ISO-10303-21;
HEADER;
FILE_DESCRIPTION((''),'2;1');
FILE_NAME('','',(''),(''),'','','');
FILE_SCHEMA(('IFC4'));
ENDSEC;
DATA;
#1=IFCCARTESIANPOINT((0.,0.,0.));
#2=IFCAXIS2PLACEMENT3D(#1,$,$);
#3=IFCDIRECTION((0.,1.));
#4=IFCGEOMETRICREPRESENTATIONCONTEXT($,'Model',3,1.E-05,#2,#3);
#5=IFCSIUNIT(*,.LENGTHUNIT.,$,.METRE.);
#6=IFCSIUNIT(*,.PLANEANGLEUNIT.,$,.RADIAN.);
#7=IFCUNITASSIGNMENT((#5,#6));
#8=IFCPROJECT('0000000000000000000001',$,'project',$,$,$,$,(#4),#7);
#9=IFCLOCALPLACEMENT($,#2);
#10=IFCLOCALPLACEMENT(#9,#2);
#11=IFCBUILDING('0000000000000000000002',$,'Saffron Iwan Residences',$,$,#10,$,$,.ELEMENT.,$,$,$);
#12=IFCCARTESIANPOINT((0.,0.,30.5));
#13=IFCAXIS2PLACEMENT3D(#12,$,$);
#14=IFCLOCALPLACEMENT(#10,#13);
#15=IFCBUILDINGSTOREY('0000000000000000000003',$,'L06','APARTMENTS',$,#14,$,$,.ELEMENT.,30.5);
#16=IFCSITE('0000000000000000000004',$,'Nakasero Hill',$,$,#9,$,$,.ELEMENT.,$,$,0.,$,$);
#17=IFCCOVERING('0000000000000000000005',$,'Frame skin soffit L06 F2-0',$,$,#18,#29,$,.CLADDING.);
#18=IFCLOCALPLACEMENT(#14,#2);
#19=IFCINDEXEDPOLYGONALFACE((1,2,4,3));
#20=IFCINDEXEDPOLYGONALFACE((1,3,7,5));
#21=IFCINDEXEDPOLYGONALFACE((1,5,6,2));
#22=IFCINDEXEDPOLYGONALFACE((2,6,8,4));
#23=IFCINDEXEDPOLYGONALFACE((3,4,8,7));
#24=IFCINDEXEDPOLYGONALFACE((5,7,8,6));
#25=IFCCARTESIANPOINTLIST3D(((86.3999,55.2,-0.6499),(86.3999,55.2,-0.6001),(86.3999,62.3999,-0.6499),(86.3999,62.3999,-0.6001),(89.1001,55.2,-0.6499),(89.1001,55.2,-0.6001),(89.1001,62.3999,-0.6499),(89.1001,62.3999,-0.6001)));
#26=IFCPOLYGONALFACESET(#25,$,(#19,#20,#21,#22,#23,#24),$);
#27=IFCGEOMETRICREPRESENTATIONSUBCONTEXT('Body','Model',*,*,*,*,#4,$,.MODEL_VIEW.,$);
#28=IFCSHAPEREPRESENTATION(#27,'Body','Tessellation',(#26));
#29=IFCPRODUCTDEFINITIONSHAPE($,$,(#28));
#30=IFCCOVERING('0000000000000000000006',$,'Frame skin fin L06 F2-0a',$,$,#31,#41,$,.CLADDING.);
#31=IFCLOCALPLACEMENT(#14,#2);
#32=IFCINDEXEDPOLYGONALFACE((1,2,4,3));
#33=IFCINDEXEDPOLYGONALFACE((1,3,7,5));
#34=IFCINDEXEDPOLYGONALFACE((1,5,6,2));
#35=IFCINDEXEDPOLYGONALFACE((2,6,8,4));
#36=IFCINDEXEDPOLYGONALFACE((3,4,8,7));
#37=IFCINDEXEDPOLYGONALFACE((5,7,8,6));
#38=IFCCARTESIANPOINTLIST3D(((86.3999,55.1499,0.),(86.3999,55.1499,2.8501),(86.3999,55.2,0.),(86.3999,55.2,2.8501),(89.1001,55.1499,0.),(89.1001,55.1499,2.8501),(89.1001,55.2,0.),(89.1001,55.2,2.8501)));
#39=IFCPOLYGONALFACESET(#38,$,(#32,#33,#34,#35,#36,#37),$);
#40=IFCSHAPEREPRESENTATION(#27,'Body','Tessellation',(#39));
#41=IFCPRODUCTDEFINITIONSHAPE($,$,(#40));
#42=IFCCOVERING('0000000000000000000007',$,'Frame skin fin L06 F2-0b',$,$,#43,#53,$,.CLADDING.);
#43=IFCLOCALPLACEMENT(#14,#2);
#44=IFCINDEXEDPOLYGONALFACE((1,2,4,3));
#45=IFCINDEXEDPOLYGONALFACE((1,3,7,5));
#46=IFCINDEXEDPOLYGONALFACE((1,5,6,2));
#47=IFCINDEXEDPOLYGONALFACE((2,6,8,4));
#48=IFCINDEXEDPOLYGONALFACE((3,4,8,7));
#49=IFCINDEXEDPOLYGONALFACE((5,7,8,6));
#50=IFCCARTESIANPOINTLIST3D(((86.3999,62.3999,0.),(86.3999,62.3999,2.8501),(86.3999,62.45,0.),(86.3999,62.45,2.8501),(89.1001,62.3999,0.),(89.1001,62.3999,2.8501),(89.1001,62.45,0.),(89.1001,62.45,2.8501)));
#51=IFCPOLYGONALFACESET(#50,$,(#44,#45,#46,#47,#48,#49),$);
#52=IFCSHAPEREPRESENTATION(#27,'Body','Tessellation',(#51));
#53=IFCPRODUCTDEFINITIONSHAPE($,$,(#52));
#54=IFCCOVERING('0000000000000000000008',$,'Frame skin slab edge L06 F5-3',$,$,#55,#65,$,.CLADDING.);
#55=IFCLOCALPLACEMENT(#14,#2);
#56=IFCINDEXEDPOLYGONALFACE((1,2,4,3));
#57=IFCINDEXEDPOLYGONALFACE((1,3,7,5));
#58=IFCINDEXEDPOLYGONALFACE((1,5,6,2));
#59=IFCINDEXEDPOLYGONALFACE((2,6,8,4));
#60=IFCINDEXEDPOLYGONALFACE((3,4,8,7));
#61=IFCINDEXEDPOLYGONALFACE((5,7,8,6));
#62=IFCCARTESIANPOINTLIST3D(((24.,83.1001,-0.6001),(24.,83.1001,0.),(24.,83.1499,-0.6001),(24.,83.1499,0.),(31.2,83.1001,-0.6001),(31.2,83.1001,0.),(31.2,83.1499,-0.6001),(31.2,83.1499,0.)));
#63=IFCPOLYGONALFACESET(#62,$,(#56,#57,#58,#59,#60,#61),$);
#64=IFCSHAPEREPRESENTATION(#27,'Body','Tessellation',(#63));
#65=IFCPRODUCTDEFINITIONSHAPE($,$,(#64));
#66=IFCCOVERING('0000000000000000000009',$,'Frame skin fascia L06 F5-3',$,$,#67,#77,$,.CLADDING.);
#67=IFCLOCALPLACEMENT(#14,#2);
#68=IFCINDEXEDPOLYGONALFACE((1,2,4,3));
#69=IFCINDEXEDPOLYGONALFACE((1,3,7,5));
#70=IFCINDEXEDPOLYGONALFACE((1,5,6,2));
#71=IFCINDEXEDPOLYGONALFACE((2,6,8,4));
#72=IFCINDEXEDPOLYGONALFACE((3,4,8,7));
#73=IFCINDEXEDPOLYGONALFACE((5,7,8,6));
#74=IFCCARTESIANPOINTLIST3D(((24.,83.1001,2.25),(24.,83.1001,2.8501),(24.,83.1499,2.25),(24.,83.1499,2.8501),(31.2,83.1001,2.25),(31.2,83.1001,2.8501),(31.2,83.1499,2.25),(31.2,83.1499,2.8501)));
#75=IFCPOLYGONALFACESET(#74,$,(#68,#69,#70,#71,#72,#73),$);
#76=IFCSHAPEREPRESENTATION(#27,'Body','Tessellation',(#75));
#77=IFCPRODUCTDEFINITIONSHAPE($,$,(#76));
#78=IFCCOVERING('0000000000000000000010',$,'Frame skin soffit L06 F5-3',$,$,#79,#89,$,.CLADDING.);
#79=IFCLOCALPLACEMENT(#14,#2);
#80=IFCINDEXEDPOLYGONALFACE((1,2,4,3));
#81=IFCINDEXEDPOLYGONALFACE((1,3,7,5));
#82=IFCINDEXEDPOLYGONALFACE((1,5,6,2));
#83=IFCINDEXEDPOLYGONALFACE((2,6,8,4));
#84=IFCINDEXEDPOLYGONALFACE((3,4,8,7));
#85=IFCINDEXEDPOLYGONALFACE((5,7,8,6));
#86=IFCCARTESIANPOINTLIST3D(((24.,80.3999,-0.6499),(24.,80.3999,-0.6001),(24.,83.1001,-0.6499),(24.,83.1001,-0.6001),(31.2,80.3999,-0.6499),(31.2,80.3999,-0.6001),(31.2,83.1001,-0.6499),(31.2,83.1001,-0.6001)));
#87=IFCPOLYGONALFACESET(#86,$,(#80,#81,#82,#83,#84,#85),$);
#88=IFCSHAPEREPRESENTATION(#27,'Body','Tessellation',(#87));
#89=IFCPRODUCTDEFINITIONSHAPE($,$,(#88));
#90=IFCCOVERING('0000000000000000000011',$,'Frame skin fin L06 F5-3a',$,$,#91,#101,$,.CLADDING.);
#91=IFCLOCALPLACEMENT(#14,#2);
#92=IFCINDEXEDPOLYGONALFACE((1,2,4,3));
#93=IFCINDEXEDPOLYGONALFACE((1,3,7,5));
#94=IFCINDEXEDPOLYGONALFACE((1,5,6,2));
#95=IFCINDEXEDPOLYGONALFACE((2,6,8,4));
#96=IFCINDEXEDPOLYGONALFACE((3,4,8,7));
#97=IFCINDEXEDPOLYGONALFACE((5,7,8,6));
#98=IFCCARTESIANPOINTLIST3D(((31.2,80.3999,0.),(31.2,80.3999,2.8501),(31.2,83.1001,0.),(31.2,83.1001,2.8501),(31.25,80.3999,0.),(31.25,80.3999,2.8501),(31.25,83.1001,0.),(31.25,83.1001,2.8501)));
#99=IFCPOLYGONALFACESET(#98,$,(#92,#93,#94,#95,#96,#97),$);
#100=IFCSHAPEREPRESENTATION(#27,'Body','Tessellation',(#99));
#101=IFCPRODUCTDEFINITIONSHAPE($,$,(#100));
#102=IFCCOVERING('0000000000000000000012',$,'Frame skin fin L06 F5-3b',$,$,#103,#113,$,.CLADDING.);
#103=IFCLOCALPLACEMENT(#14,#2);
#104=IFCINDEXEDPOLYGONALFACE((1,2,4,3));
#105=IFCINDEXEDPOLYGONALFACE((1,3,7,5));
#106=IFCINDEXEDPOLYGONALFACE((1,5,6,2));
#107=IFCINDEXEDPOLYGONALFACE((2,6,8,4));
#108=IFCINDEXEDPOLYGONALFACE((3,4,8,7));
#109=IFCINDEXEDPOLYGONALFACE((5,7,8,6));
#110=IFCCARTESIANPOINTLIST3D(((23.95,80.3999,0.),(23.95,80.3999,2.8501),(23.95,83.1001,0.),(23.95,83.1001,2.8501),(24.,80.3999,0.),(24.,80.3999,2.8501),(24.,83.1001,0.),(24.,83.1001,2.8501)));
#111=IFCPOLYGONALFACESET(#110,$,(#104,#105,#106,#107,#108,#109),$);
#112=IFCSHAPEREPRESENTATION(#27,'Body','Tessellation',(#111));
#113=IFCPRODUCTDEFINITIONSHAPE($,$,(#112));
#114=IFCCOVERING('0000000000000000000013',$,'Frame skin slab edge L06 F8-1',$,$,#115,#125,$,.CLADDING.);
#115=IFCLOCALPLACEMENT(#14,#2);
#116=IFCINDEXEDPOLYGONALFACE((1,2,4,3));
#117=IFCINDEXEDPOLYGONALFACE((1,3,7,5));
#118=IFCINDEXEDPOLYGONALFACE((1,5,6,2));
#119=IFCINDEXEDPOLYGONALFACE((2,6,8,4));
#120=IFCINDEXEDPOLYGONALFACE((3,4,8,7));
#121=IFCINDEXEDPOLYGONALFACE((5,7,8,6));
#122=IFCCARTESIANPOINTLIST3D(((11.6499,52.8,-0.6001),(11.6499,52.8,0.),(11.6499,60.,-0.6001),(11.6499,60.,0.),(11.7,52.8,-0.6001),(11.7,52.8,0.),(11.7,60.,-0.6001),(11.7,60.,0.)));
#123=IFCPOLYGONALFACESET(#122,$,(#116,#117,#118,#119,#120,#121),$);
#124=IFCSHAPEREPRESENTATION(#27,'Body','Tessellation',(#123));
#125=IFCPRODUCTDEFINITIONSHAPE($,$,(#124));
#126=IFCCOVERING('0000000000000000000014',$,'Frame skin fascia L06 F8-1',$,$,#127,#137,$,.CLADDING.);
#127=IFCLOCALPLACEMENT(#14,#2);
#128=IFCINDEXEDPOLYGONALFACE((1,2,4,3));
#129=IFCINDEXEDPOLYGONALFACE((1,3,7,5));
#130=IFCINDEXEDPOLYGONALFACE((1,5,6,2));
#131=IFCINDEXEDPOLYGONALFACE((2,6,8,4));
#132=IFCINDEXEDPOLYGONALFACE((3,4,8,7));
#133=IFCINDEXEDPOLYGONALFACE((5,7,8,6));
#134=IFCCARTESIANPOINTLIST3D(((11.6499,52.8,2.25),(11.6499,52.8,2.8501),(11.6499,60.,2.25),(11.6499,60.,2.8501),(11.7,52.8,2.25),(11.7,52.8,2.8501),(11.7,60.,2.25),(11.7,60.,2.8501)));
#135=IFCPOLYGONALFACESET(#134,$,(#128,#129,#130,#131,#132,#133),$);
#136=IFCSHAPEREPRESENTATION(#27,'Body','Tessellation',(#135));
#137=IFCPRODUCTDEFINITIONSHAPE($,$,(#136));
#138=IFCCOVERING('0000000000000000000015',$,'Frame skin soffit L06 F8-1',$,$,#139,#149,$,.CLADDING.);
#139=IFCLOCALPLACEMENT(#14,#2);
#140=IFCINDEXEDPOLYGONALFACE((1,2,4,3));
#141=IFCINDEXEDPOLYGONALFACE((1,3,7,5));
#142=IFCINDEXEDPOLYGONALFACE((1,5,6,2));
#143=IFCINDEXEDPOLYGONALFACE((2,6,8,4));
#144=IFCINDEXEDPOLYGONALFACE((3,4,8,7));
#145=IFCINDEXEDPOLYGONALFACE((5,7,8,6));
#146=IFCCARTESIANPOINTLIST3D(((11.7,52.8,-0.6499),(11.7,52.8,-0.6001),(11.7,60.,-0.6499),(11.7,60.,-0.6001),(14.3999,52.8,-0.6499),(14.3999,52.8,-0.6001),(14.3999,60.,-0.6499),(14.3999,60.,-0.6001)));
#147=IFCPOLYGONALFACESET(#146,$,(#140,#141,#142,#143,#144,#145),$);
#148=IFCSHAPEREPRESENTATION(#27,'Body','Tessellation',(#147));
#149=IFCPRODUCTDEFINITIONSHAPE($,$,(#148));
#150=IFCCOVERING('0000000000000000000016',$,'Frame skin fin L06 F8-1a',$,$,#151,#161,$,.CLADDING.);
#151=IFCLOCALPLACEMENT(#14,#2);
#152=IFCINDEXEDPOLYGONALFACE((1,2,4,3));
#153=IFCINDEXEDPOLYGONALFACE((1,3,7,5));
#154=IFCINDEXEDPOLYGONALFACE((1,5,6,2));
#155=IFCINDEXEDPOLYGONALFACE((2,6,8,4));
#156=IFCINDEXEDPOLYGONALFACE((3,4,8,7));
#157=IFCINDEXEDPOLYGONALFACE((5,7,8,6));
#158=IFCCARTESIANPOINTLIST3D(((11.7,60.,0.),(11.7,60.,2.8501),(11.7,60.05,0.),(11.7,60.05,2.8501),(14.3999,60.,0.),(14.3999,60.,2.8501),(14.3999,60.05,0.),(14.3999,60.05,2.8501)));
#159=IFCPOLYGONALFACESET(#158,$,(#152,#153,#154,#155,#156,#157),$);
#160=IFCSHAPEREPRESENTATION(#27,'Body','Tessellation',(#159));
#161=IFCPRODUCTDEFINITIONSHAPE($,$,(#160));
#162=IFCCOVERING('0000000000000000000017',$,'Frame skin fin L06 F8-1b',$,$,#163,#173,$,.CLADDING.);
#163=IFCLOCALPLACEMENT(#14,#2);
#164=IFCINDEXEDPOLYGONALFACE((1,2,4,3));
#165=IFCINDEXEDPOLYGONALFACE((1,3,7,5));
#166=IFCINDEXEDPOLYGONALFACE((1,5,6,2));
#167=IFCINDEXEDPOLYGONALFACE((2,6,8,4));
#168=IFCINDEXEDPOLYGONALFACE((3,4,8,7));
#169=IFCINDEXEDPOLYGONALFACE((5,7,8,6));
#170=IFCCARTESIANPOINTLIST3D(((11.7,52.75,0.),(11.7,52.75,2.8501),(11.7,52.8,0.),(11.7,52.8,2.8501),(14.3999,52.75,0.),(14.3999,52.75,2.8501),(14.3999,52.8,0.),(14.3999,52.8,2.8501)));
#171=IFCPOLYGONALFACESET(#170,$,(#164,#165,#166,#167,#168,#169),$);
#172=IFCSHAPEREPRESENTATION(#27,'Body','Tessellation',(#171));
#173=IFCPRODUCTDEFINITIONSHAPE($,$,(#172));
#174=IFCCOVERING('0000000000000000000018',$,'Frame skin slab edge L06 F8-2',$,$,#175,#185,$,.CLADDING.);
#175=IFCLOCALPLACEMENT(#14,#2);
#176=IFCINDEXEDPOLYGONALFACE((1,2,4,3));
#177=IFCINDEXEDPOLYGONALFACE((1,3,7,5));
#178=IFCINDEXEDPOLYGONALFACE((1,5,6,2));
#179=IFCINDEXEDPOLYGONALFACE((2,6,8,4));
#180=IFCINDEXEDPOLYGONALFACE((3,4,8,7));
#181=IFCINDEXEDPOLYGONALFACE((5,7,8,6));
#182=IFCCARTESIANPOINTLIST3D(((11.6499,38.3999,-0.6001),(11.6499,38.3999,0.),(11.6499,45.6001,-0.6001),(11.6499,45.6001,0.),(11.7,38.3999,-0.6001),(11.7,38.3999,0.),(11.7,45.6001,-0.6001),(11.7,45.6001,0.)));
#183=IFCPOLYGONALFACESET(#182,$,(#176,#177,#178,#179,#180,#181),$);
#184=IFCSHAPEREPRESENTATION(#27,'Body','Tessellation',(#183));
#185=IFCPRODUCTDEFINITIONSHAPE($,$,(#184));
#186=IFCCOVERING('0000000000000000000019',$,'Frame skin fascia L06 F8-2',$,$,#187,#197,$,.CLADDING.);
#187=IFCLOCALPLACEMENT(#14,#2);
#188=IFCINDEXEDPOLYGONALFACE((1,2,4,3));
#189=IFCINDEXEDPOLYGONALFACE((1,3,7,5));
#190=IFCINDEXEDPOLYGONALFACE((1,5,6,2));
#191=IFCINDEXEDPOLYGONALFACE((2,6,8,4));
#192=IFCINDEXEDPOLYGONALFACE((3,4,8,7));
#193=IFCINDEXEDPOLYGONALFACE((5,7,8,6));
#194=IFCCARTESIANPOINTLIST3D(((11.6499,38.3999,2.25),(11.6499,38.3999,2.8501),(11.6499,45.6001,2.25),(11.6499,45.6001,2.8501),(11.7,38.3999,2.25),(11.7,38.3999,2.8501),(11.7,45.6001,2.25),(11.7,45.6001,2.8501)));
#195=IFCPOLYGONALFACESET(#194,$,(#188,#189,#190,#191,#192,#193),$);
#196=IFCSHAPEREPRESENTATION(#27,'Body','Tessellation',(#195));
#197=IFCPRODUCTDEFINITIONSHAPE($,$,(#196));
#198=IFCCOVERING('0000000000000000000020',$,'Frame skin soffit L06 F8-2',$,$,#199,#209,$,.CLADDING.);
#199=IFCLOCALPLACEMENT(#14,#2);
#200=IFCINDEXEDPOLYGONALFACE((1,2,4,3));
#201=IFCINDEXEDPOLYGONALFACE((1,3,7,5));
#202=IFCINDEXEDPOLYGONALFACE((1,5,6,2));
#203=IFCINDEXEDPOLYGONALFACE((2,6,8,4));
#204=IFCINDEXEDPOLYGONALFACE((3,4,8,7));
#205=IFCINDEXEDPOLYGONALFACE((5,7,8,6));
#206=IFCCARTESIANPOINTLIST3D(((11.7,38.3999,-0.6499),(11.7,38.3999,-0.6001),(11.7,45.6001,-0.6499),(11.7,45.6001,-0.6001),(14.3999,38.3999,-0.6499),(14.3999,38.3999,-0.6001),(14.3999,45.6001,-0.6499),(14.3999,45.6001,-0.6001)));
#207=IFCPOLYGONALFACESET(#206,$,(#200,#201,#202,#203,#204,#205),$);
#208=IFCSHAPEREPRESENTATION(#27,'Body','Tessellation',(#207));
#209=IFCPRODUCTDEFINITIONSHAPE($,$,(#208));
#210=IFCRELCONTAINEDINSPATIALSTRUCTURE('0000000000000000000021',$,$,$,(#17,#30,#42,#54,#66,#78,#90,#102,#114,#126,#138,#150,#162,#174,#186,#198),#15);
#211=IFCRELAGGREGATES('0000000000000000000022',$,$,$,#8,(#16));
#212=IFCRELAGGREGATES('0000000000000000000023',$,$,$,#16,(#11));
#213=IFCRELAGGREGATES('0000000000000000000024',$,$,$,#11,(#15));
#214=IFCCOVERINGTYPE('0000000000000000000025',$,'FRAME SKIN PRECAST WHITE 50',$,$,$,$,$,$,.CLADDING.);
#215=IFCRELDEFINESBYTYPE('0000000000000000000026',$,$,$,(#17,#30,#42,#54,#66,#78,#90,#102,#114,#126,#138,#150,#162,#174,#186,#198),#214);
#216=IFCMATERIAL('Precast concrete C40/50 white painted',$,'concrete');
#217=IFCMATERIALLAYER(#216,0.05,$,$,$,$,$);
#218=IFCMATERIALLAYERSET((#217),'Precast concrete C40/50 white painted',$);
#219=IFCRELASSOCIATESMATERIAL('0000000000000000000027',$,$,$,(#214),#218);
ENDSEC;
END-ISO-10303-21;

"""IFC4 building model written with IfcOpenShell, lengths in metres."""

from ifc_helpers import new_model, si_unit, direction, frame, origin, place, context, subcontext, project, spatial, polyline, outline, extrude, material, layer, layer_set, type_object, element, save


model = new_model("IFC4")

# Units and contexts
model_context = context("Model", 3, precision=1e-05, world=origin(), true_north=direction((0.0, 1.0)))
body_context = subcontext(model_context, "Body", "Model", "MODEL_VIEW")
ifc_project = project(units=[si_unit("LENGTHUNIT", "METRE"), si_unit("PLANEANGLEUNIT", "RADIAN")], contexts=[model_context])

# Site, building, storey
site_placement = place(None, origin())
site = spatial("IfcSite", under=ifc_project, at=site_placement, Name="Nakasero Hill", CompositionType="ELEMENT", RefElevation=0.0)
building_placement = place(site_placement, origin())
building = spatial("IfcBuilding", under=site, at=building_placement, Name="Saffron Iwan Residences", CompositionType="ELEMENT")
storey_placement = place(building_placement, frame((0.0, 0.0, 30.5)))
storey = spatial("IfcBuildingStorey", under=building, at=storey_placement, Name="L06", Description="APARTMENTS", CompositionType="ELEMENT", Elevation=30.5)

# Coverings
ifc_material_1 = material(Name="Precast concrete C40/50 white painted", Category="concrete")
ifc_layer_1 = layer(ifc_material_1, 0.05)
ifc_layer_set_1 = layer_set([ifc_layer_1], Name="Precast concrete C40/50 white painted")
covering_type_1 = type_object("IfcCoveringType", Name="FRAME SKIN PRECAST WHITE 50", PredefinedType="CLADDING", material=ifc_layer_set_1)
covering_1_placement = place(storey_placement, frame((0.0, 0.0, -0.6499)))
element("IfcCovering", 1, at=covering_1_placement, inside=storey, type_object=covering_type_1, Name="Frame skin soffit L06 F2-0", PredefinedType="CLADDING", context=body_context, shape_type="SweptSolid", body=[
    extrude(outline(polyline([(89.1001, 55.2), (89.1001, 62.3999), (86.3999, 62.3999), (86.3999, 55.2), (89.1001, 55.2)])), origin(), (0.0, 0.0, 1.0), 0.0498),
])
covering_2_placement = place(storey_placement, origin())
element("IfcCovering", 2, at=covering_2_placement, inside=storey, type_object=covering_type_1, Name="Frame skin fin L06 F2-0a", PredefinedType="CLADDING", context=body_context, shape_type="SweptSolid", body=[
    extrude(outline(polyline([(89.1001, 55.1499), (89.1001, 55.2), (86.3999, 55.2), (86.3999, 55.1499), (89.1001, 55.1499)])), origin(), (0.0, 0.0, 1.0), 2.8501),
])
covering_3_placement = place(storey_placement, origin())
element("IfcCovering", 3, at=covering_3_placement, inside=storey, type_object=covering_type_1, Name="Frame skin fin L06 F2-0b", PredefinedType="CLADDING", context=body_context, shape_type="SweptSolid", body=[
    extrude(outline(polyline([(89.1001, 62.3999), (89.1001, 62.45), (86.3999, 62.45), (86.3999, 62.3999), (89.1001, 62.3999)])), origin(), (0.0, 0.0, 1.0), 2.8501),
])
for number, where, name in (
    (4, (0.0, 0.0, -0.6001), "Frame skin slab edge L06 F5-3"),
    (5, (0.0, 0.0, 2.25), "Frame skin fascia L06 F5-3"),
):
    element("IfcCovering", number, at=place(storey_placement, frame(where)), inside=storey, type_object=covering_type_1, Name=name, PredefinedType="CLADDING", context=body_context, shape_type="SweptSolid", body=[
        extrude(outline(polyline([(31.2, 83.1499), (24.0, 83.1499), (24.0, 83.1001), (31.2, 83.1001), (31.2, 83.1499)])), origin(), (0.0, 0.0, 1.0), 0.6001),
    ])
covering_4_placement = place(storey_placement, frame((0.0, 0.0, -0.6499)))
element("IfcCovering", 6, at=covering_4_placement, inside=storey, type_object=covering_type_1, Name="Frame skin soffit L06 F5-3", PredefinedType="CLADDING", context=body_context, shape_type="SweptSolid", body=[
    extrude(outline(polyline([(31.2, 83.1001), (24.0, 83.1001), (24.0, 80.3999), (31.2, 80.3999), (31.2, 83.1001)])), origin(), (0.0, 0.0, 1.0), 0.0498),
])
covering_5_placement = place(storey_placement, origin())
element("IfcCovering", 7, at=covering_5_placement, inside=storey, type_object=covering_type_1, Name="Frame skin fin L06 F5-3a", PredefinedType="CLADDING", context=body_context, shape_type="SweptSolid", body=[
    extrude(outline(polyline([(31.25, 83.1001), (31.2, 83.1001), (31.2, 80.3999), (31.25, 80.3999), (31.25, 83.1001)])), origin(), (0.0, 0.0, 1.0), 2.8501),
])
covering_6_placement = place(storey_placement, origin())
element("IfcCovering", 8, at=covering_6_placement, inside=storey, type_object=covering_type_1, Name="Frame skin fin L06 F5-3b", PredefinedType="CLADDING", context=body_context, shape_type="SweptSolid", body=[
    extrude(outline(polyline([(24.0, 83.1001), (23.95, 83.1001), (23.95, 80.3999), (24.0, 80.3999), (24.0, 83.1001)])), origin(), (0.0, 0.0, 1.0), 2.8501),
])
for number, where, name in (
    (9, (0.0, 0.0, -0.6001), "Frame skin slab edge L06 F8-1"),
    (10, (0.0, 0.0, 2.25), "Frame skin fascia L06 F8-1"),
):
    element("IfcCovering", number, at=place(storey_placement, frame(where)), inside=storey, type_object=covering_type_1, Name=name, PredefinedType="CLADDING", context=body_context, shape_type="SweptSolid", body=[
        extrude(outline(polyline([(11.6499, 60.0), (11.6499, 52.8), (11.7, 52.8), (11.7, 60.0), (11.6499, 60.0)])), origin(), (0.0, 0.0, 1.0), 0.6001),
    ])
covering_7_placement = place(storey_placement, frame((0.0, 0.0, -0.6499)))
element("IfcCovering", 11, at=covering_7_placement, inside=storey, type_object=covering_type_1, Name="Frame skin soffit L06 F8-1", PredefinedType="CLADDING", context=body_context, shape_type="SweptSolid", body=[
    extrude(outline(polyline([(11.7, 60.0), (11.7, 52.8), (14.3999, 52.8), (14.3999, 60.0), (11.7, 60.0)])), origin(), (0.0, 0.0, 1.0), 0.0498),
])
covering_8_placement = place(storey_placement, origin())
element("IfcCovering", 12, at=covering_8_placement, inside=storey, type_object=covering_type_1, Name="Frame skin fin L06 F8-1a", PredefinedType="CLADDING", context=body_context, shape_type="SweptSolid", body=[
    extrude(outline(polyline([(11.7, 60.05), (11.7, 60.0), (14.3999, 60.0), (14.3999, 60.05), (11.7, 60.05)])), origin(), (0.0, 0.0, 1.0), 2.8501),
])
covering_9_placement = place(storey_placement, origin())
element("IfcCovering", 13, at=covering_9_placement, inside=storey, type_object=covering_type_1, Name="Frame skin fin L06 F8-1b", PredefinedType="CLADDING", context=body_context, shape_type="SweptSolid", body=[
    extrude(outline(polyline([(11.7, 52.8), (11.7, 52.75), (14.3999, 52.75), (14.3999, 52.8), (11.7, 52.8)])), origin(), (0.0, 0.0, 1.0), 2.8501),
])
for number, where, name in (
    (14, (0.0, 0.0, -0.6001), "Frame skin slab edge L06 F8-2"),
    (15, (0.0, 0.0, 2.25), "Frame skin fascia L06 F8-2"),
):
    element("IfcCovering", number, at=place(storey_placement, frame(where)), inside=storey, type_object=covering_type_1, Name=name, PredefinedType="CLADDING", context=body_context, shape_type="SweptSolid", body=[
        extrude(outline(polyline([(11.6499, 45.6001), (11.6499, 38.3999), (11.7, 38.3999), (11.7, 45.6001), (11.6499, 45.6001)])), origin(), (0.0, 0.0, 1.0), 0.6001),
    ])
covering_10_placement = place(storey_placement, frame((0.0, 0.0, -0.6499)))
element("IfcCovering", 16, at=covering_10_placement, inside=storey, type_object=covering_type_1, Name="Frame skin soffit L06 F8-2", PredefinedType="CLADDING", context=body_context, shape_type="SweptSolid", body=[
    extrude(outline(polyline([(11.7, 45.6001), (11.7, 38.3999), (14.3999, 38.3999), (14.3999, 45.6001), (11.7, 45.6001)])), origin(), (0.0, 0.0, 1.0), 0.0498),
])

save(model, "model.ifc")
